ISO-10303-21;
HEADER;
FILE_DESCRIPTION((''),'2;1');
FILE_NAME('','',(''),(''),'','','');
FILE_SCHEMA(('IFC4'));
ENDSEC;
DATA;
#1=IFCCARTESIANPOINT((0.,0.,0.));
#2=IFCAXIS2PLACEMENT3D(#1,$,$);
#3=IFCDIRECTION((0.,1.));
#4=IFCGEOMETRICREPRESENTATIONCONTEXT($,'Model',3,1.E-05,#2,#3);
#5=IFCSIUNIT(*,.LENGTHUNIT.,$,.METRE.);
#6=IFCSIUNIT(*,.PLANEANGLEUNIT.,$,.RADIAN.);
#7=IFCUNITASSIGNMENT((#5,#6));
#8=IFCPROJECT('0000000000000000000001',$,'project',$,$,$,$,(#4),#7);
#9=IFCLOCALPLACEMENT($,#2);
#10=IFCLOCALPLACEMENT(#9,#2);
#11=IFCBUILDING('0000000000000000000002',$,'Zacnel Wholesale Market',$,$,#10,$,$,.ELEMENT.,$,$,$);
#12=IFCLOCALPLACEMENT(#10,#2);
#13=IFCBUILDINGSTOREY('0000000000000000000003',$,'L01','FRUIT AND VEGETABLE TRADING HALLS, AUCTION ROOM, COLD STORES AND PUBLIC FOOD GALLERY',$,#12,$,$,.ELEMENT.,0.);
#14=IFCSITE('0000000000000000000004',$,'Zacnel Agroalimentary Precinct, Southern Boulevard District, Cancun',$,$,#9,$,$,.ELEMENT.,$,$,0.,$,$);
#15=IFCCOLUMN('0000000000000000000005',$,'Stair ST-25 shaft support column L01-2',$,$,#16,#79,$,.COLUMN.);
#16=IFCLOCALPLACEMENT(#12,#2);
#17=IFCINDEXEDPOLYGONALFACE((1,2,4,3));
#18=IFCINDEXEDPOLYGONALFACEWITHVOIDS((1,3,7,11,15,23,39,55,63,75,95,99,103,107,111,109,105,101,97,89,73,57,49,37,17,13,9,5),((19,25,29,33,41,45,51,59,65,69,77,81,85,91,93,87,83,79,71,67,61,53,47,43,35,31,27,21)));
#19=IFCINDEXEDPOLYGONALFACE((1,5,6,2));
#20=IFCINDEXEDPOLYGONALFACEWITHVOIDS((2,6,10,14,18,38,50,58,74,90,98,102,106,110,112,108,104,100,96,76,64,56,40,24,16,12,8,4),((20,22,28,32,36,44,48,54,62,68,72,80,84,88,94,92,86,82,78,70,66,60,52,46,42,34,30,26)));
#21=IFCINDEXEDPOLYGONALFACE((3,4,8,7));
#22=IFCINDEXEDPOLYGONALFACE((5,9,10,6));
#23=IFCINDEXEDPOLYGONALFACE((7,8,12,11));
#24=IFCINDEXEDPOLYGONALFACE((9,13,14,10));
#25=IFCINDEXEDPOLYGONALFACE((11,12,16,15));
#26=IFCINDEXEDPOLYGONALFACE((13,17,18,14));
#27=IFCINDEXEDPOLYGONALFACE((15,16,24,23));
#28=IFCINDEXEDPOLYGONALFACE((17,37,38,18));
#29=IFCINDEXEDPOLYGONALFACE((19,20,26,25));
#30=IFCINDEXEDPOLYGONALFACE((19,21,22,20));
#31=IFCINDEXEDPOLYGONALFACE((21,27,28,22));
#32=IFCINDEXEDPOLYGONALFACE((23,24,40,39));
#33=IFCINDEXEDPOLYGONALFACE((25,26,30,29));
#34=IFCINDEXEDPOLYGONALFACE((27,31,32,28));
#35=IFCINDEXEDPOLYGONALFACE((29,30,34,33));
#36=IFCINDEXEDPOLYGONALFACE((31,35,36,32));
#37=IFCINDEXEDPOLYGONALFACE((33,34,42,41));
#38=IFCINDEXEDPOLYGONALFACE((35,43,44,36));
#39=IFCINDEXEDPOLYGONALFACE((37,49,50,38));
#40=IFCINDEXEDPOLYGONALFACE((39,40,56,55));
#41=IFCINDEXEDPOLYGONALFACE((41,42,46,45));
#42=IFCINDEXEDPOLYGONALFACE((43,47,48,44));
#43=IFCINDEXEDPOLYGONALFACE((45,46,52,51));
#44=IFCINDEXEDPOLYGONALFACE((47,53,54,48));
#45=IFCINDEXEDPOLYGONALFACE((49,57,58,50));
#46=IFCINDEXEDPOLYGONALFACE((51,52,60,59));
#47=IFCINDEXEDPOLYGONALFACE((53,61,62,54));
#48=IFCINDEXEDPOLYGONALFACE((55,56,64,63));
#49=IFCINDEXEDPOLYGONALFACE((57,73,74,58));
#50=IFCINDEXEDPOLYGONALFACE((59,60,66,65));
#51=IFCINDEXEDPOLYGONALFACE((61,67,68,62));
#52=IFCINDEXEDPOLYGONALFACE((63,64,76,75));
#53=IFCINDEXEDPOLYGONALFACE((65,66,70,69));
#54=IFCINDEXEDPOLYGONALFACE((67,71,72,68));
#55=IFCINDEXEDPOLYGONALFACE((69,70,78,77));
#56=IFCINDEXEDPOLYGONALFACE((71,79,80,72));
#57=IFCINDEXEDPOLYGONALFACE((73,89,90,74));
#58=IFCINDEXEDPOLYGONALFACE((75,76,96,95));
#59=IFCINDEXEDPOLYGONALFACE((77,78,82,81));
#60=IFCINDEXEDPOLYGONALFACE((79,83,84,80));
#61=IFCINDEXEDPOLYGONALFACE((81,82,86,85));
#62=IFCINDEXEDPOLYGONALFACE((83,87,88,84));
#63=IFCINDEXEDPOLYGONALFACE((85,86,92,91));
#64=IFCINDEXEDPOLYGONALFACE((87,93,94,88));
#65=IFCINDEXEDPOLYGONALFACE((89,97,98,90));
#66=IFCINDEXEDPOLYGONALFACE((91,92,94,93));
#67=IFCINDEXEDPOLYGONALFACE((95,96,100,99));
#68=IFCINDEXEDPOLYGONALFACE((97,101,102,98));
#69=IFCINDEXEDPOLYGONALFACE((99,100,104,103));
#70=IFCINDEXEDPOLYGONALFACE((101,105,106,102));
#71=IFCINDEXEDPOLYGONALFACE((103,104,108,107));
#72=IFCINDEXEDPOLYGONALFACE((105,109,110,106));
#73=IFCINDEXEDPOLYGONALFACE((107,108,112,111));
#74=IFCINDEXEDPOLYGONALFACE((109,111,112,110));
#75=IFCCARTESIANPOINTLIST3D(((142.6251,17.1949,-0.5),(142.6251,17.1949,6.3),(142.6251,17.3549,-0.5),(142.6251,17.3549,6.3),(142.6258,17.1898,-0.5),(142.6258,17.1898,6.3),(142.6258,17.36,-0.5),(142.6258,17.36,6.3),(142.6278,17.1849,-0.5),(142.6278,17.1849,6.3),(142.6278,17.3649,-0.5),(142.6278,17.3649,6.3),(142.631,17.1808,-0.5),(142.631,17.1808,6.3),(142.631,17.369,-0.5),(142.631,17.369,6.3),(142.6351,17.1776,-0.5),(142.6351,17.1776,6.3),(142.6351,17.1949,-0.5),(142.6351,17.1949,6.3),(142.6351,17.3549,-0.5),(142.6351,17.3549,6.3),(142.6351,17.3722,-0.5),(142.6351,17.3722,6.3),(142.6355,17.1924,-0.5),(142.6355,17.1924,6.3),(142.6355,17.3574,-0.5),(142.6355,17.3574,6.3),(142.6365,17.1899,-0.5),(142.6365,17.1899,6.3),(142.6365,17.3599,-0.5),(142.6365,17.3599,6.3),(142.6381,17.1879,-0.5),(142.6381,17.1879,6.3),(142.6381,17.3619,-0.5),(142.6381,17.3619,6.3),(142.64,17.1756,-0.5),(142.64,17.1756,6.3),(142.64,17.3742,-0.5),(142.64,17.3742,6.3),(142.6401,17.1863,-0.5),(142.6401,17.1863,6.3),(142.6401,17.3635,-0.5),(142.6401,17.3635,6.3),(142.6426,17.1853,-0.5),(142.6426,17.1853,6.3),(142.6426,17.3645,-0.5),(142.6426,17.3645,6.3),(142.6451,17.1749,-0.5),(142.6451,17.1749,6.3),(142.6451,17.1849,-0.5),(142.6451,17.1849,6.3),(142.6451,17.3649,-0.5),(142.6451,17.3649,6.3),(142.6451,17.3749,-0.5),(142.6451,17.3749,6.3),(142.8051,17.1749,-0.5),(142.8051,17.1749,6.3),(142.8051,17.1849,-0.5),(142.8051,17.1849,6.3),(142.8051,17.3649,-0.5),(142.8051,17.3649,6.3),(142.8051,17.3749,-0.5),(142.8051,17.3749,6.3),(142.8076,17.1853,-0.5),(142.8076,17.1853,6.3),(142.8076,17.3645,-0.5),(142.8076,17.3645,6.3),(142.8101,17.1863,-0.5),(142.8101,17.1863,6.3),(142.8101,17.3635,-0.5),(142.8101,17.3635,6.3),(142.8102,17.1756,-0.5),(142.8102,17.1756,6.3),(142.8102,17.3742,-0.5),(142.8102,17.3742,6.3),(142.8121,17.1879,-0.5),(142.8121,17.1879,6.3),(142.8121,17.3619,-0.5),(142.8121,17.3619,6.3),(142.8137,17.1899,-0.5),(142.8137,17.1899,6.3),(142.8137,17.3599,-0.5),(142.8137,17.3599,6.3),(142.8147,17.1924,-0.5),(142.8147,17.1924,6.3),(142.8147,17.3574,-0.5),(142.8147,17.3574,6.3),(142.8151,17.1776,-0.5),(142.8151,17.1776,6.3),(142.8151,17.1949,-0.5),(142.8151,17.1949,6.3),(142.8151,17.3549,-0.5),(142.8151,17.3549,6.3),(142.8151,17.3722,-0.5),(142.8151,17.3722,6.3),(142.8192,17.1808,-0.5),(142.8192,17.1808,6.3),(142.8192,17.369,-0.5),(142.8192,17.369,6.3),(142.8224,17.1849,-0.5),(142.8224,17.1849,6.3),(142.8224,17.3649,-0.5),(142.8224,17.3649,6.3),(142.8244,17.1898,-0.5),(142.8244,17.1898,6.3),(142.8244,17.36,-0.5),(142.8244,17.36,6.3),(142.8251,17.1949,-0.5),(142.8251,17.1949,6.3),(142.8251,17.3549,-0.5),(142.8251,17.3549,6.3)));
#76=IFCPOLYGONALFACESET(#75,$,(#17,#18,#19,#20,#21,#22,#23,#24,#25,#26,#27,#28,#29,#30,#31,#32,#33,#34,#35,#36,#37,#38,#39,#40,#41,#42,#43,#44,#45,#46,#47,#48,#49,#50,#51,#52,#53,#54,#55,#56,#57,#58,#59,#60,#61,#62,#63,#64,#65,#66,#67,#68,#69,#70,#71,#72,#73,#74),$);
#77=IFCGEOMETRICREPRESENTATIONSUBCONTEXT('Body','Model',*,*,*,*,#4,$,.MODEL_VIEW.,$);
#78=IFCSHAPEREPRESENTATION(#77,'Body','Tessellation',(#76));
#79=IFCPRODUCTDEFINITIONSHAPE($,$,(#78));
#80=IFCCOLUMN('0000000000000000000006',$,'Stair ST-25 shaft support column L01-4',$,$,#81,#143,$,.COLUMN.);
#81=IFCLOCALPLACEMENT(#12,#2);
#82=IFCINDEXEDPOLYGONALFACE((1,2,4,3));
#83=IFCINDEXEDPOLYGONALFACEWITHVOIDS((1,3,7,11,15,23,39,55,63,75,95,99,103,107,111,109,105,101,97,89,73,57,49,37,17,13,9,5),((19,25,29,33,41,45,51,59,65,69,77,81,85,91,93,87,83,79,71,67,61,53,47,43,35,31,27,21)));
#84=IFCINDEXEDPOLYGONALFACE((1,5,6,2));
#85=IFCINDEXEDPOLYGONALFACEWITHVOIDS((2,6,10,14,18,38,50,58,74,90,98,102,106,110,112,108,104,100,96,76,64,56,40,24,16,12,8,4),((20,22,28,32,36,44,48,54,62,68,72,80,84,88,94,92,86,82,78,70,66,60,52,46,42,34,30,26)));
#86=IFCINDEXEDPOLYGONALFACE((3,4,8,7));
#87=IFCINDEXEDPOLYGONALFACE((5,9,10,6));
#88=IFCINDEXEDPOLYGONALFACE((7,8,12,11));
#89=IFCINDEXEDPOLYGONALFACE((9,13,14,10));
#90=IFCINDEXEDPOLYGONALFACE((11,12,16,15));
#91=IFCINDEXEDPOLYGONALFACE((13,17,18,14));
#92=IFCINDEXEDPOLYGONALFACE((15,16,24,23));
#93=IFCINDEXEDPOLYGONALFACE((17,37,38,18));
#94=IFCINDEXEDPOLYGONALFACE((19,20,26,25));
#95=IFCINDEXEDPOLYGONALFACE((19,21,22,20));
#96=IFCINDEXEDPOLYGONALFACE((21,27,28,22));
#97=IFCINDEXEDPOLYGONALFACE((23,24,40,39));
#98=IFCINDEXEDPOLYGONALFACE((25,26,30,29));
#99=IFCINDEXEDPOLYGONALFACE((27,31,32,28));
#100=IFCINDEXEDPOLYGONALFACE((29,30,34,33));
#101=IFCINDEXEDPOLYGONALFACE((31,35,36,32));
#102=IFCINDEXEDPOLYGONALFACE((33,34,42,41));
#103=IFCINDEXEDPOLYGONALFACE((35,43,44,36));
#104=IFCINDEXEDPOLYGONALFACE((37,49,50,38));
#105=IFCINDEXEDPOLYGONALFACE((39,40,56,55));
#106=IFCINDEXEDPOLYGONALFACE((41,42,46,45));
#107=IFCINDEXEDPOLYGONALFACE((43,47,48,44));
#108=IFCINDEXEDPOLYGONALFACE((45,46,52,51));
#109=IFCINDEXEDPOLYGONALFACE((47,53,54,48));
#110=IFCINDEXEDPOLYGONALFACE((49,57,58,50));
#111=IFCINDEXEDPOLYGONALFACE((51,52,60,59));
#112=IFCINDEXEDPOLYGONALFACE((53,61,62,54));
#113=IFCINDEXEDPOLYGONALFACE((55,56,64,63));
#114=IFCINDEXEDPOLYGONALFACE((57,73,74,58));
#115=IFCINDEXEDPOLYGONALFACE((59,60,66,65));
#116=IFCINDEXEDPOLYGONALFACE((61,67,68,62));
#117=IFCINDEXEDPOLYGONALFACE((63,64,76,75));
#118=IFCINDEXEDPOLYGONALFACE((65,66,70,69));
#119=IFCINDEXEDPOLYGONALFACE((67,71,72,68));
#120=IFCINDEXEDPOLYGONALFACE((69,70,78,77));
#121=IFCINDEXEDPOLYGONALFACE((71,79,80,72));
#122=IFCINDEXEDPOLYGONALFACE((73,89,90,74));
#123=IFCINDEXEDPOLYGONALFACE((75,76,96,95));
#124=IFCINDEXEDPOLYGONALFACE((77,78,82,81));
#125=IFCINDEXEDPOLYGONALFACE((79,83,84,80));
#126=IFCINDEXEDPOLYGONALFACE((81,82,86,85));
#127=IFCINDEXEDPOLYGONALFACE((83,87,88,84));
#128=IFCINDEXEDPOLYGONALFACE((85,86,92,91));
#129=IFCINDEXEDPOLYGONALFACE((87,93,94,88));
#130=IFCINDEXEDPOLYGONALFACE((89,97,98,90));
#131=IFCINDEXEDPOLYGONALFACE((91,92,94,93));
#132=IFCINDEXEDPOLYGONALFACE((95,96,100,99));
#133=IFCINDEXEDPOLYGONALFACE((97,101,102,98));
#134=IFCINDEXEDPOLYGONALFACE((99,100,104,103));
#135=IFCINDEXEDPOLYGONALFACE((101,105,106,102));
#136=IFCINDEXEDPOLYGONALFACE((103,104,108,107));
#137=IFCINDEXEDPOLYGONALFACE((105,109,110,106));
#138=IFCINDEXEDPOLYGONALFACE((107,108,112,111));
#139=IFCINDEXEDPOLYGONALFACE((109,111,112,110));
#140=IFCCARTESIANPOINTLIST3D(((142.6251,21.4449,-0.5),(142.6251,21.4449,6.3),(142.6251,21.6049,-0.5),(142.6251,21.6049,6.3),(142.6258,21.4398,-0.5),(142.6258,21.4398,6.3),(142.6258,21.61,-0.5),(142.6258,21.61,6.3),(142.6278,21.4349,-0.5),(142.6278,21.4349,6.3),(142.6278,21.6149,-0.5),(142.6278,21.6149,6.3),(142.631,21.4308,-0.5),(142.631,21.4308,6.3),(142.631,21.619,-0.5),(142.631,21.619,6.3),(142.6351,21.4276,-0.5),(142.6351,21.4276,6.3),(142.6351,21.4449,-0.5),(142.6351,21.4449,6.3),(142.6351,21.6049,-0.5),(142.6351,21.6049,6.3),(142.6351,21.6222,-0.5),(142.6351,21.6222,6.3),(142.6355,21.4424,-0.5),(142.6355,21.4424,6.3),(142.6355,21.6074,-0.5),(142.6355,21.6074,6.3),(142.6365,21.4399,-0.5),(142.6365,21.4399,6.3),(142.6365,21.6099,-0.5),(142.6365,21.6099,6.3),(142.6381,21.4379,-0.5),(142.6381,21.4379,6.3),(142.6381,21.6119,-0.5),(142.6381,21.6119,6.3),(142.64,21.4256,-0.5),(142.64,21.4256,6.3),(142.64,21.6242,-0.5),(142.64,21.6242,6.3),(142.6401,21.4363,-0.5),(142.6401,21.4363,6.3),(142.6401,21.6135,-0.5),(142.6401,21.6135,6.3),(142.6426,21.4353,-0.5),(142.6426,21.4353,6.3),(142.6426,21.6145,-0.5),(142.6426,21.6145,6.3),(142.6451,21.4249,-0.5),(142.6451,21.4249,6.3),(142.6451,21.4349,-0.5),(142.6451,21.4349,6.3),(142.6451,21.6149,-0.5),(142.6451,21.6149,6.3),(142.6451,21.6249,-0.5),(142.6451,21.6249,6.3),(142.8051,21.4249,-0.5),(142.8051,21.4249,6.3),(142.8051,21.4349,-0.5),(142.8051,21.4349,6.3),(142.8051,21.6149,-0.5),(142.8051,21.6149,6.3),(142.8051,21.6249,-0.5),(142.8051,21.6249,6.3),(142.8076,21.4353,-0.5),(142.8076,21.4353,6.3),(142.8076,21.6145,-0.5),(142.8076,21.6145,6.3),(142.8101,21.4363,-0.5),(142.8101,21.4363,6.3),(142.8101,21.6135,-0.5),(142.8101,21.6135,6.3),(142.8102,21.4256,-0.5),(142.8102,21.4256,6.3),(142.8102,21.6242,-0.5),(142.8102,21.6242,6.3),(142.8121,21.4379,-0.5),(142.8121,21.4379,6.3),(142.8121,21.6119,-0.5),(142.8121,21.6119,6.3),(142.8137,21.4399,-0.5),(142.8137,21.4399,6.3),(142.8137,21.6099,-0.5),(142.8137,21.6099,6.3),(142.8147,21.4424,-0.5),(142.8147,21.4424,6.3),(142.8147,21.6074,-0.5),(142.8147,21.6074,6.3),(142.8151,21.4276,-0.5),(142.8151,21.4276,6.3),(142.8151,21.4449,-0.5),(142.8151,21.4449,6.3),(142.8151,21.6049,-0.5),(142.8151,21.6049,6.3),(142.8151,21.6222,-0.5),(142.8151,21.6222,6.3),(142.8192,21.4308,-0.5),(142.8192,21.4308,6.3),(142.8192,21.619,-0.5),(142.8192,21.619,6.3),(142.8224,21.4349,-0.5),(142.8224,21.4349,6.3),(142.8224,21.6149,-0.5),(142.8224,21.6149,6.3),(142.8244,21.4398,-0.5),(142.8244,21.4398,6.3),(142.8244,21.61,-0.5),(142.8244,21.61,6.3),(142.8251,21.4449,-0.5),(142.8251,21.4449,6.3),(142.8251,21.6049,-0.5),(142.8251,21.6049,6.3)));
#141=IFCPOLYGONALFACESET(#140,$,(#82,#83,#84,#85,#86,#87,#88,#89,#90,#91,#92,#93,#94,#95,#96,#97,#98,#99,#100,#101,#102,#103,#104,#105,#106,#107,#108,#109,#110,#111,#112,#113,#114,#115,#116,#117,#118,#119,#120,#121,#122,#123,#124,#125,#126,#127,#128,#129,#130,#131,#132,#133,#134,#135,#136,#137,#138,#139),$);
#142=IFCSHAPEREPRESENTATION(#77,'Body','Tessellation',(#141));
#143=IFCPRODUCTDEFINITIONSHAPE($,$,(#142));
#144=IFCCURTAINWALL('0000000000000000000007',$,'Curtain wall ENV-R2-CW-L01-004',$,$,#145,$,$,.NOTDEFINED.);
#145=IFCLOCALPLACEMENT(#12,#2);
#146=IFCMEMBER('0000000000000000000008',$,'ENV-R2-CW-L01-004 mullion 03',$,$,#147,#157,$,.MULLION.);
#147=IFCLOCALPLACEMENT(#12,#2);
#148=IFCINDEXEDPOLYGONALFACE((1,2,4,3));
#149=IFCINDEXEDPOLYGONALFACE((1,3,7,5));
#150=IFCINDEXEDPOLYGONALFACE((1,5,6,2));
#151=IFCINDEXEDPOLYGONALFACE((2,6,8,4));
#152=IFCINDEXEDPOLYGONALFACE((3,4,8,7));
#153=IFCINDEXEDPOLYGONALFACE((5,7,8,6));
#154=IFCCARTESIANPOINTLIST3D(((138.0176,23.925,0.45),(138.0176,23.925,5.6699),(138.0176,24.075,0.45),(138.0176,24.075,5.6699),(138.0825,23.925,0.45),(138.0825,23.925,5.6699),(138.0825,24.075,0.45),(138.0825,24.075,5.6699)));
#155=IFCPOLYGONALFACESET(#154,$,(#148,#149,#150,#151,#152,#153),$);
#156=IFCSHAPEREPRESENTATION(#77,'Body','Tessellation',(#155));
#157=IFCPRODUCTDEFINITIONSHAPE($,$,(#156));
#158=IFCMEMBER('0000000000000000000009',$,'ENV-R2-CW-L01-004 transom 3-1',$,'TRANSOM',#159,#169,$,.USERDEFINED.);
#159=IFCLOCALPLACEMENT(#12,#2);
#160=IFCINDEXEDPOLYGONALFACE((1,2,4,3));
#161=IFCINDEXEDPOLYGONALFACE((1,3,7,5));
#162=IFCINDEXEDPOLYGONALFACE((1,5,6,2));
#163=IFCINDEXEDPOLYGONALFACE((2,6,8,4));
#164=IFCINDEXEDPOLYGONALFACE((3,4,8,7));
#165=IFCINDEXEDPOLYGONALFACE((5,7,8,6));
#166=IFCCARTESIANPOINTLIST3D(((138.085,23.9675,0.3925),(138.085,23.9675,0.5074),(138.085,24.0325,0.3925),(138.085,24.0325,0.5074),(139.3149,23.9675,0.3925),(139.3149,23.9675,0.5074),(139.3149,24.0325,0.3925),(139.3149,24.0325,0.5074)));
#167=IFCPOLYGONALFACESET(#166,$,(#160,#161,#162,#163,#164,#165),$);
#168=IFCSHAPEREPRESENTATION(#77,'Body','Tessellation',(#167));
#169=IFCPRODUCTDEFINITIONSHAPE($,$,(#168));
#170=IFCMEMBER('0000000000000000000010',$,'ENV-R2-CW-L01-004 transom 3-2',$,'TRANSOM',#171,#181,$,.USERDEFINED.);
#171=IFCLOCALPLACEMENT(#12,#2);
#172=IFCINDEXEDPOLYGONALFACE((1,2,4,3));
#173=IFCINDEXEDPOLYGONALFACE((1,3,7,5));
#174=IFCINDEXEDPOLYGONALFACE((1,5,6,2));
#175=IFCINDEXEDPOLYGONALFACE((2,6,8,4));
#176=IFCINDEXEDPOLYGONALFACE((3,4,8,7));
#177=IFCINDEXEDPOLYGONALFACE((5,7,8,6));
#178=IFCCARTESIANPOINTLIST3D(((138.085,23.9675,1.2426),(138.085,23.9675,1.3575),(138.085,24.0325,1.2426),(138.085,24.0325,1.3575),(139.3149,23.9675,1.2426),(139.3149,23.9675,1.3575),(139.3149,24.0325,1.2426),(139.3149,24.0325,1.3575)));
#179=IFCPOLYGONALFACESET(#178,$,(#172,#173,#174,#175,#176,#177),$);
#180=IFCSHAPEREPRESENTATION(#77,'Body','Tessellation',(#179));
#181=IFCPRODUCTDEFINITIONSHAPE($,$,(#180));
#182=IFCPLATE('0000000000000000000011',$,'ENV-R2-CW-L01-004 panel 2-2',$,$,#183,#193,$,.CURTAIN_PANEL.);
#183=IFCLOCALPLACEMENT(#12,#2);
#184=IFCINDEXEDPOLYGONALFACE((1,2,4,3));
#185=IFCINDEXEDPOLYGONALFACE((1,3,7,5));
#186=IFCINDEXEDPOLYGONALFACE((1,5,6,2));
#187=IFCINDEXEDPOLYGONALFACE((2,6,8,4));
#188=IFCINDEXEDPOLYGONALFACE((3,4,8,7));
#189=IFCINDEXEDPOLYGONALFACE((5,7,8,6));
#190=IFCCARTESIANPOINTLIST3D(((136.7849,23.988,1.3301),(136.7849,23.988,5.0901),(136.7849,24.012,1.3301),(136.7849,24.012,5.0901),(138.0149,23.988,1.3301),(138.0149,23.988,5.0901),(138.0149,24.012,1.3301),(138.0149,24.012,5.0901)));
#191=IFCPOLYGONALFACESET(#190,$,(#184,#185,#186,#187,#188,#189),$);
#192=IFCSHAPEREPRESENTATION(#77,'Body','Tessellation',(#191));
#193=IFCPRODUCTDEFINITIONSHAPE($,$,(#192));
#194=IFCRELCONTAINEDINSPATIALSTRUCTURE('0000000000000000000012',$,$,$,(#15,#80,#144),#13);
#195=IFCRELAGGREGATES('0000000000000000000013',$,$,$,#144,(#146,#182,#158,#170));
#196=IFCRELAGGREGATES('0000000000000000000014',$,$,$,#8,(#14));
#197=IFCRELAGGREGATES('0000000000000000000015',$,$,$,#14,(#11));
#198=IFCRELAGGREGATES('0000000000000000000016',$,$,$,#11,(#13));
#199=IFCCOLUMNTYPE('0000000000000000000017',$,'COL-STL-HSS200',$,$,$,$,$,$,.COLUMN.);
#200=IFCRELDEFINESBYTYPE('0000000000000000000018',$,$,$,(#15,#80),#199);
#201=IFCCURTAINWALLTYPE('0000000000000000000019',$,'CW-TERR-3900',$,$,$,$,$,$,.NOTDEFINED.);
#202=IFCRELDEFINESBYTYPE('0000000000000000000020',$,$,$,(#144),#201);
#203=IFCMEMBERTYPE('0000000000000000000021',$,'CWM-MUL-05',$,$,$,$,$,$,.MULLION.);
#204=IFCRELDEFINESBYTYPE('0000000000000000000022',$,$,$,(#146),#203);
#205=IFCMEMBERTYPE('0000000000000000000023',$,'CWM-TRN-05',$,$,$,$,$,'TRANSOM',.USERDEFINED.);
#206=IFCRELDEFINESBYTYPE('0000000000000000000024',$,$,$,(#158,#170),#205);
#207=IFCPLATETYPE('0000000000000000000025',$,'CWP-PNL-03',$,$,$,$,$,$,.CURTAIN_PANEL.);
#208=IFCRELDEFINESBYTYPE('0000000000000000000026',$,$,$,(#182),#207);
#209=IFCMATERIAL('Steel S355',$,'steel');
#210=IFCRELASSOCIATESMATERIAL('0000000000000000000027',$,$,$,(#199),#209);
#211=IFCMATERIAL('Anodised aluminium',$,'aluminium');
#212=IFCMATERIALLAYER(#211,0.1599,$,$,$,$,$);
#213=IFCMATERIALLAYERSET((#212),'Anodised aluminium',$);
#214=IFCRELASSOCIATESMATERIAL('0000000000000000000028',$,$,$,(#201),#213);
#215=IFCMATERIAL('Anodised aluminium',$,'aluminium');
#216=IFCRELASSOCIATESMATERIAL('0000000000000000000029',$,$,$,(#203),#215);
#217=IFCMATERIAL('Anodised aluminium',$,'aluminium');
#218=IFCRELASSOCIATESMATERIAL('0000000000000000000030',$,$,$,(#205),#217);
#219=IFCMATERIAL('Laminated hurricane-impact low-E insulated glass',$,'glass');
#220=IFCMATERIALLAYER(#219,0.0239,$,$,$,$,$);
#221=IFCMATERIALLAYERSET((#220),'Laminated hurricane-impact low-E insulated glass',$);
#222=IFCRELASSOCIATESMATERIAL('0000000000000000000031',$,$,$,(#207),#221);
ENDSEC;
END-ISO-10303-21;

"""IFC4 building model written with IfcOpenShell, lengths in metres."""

from ifc_helpers import new_model, si_unit, direction, frame, origin, origin_2d, place, context, subcontext, project, spatial, rectangle, hollow_rectangle, extrude, material, layer, layer_set, material_profile, profile_set, type_object, element, aggregate, save


model = new_model("IFC4")

# Units and contexts
model_context = context("Model", 3, precision=1e-05, world=origin(), true_north=direction((0.0, 1.0)))
body_context = subcontext(model_context, "Body", "Model", "MODEL_VIEW")
ifc_project = project(units=[si_unit("LENGTHUNIT", "METRE"), si_unit("PLANEANGLEUNIT", "RADIAN")], contexts=[model_context])

# Site, building, storey
site_placement = place(None, origin())
site = spatial("IfcSite", under=ifc_project, at=site_placement, Name="Zacnel Agroalimentary Precinct, Southern Boulevard District, Cancun", CompositionType="ELEMENT", RefElevation=0.0)
building_placement = place(site_placement, origin())
building = spatial("IfcBuilding", under=site, at=building_placement, Name="Zacnel Wholesale Market", CompositionType="ELEMENT")
storey_placement = place(building_placement, origin())
storey = spatial("IfcBuildingStorey", under=building, at=storey_placement, Name="L01", Description="FRUIT AND VEGETABLE TRADING HALLS, AUCTION ROOM, COLD STORES AND PUBLIC FOOD GALLERY", CompositionType="ELEMENT", Elevation=0.0)

# Columns
ifc_material_1 = material(Name="Steel S355", Category="steel")
ifc_material_profile_1 = material_profile(ifc_material_1, hollow_rectangle(XDim=0.2, YDim=0.2, WallThickness=0.01, InnerFilletRadius=0.01, OuterFilletRadius=0.02, at=origin_2d()), Name="HSS 200x200x10")
ifc_profile_set_1 = profile_set([ifc_material_profile_1], Name="Steel S355")
column_type_1 = type_object("IfcColumnType", Name="COL-STL-HSS200", PredefinedType="COLUMN", material=ifc_profile_set_1)
for number, where, z_axis, x_axis, name in (
    (1, (142.7251, 17.2749, -0.5), (0.0, 0.0, 1.0), (1.0, 0.0, 0.0), "Stair ST-25 shaft support column L01-2"),
    (2, (142.7251, 21.5249, -0.5), (0.0, 0.0, 1.0), (1.0, 0.0, 0.0), "Stair ST-25 shaft support column L01-4"),
):
    element("IfcColumn", number, at=place(storey_placement, frame(where, z_axis=z_axis, x_axis=x_axis)), inside=storey, type_object=column_type_1, Name=name, PredefinedType="COLUMN", context=body_context, shape_type="SweptSolid", body=[
        extrude(hollow_rectangle(XDim=0.2, YDim=0.2, WallThickness=0.01, InnerFilletRadius=0.01, OuterFilletRadius=0.02, at=origin_2d()), origin(), (0.0, 0.0, 1.0), 6.8),
    ])

# Curtain wall, members, plate
ifc_material_2 = material(Name="Anodised aluminium", Category="aluminium")
ifc_layer_1 = layer(ifc_material_2, 0.1599)
ifc_layer_set_1 = layer_set([ifc_layer_1], Name="Anodised aluminium")
curtain_wall_type = type_object("IfcCurtainWallType", Name="CW-TERR-3900", PredefinedType="NOTDEFINED", material=ifc_layer_set_1)
curtain_wall_placement = place(storey_placement, origin())
curtain_wall = element("IfcCurtainWall", 3, at=curtain_wall_placement, inside=storey, type_object=curtain_wall_type, Name="Curtain wall ENV-R2-CW-L01-004", PredefinedType="NOTDEFINED")
ifc_material_3 = material(Name="Anodised aluminium", Category="aluminium")
ifc_material_profile_2 = material_profile(ifc_material_3, rectangle(XDim=0.0649, YDim=0.1499, at=origin_2d()), Name="AW-MULLION 65x150")
ifc_profile_set_2 = profile_set([ifc_material_profile_2], Name="Anodised aluminium")
member_type_1 = type_object("IfcMemberType", Name="CWM-MUL-05", PredefinedType="MULLION", material=ifc_profile_set_2)
member_1_placement = place(storey_placement, frame((138.05, 24.0, 0.45), z_axis=(0.0, 0.0, 1.0), x_axis=(1.0, 0.0, 0.0)))
member_1 = element("IfcMember", 4, at=member_1_placement, type_object=member_type_1, Name="ENV-R2-CW-L01-004 mullion 03", PredefinedType="MULLION", context=body_context, shape_type="SweptSolid", body=[
    extrude(rectangle(XDim=0.0649, YDim=0.1499, at=origin_2d()), origin(), (0.0, 0.0, 1.0), 5.22),
])
ifc_material_4 = material(Name="Anodised aluminium", Category="aluminium")
ifc_material_profile_3 = material_profile(ifc_material_4, rectangle(XDim=0.0649, YDim=0.115, at=origin_2d()), Name="AW-TRANSOM 65x115")
ifc_profile_set_3 = profile_set([ifc_material_profile_3], Name="Anodised aluminium")
member_type_2 = type_object("IfcMemberType", Name="CWM-TRN-05", ElementType="TRANSOM", PredefinedType="USERDEFINED", material=ifc_profile_set_3)
member_2_placement = place(storey_placement, frame((138.085, 24.0, 0.45), z_axis=(1.0, 0.0, 0.0), x_axis=(0.0, 1.0, 0.0)))
member_2 = element("IfcMember", 5, at=member_2_placement, type_object=member_type_2, Name="ENV-R2-CW-L01-004 transom 3-1", ObjectType="TRANSOM", PredefinedType="USERDEFINED", context=body_context, shape_type="SweptSolid", body=[
    extrude(rectangle(XDim=0.0649, YDim=0.115, at=origin_2d()), origin(), (0.0, 0.0, 1.0), 1.23),
])
member_3_placement = place(storey_placement, frame((138.085, 24.0, 1.3), z_axis=(1.0, 0.0, 0.0), x_axis=(0.0, 1.0, 0.0)))
member_3 = element("IfcMember", 6, at=member_3_placement, type_object=member_type_2, Name="ENV-R2-CW-L01-004 transom 3-2", ObjectType="TRANSOM", PredefinedType="USERDEFINED", context=body_context, shape_type="SweptSolid", body=[
    extrude(rectangle(XDim=0.0649, YDim=0.115, at=origin_2d()), origin(), (0.0, 0.0, 1.0), 1.23),
])
ifc_material_5 = material(Name="Laminated hurricane-impact low-E insulated glass", Category="glass")
ifc_layer_2 = layer(ifc_material_5, 0.0239)
ifc_layer_set_2 = layer_set([ifc_layer_2], Name="Laminated hurricane-impact low-E insulated glass")
plate_type_1 = type_object("IfcPlateType", Name="CWP-PNL-03", PredefinedType="CURTAIN_PANEL", material=ifc_layer_set_2)
plate_1_placement = place(storey_placement, frame((137.3999, 24.0, 1.3301), z_axis=(0.0, 0.0, 1.0), x_axis=(1.0, 0.0, 0.0)))
plate_1 = element("IfcPlate", 7, at=plate_1_placement, type_object=plate_type_1, Name="ENV-R2-CW-L01-004 panel 2-2", PredefinedType="CURTAIN_PANEL", context=body_context, shape_type="SweptSolid", body=[
    extrude(rectangle(XDim=1.23, YDim=0.0239, at=origin_2d()), origin(), (0.0, 0.0, 1.0), 3.76),
])
aggregate(curtain_wall, [member_1, plate_1, member_2, member_3])

save(model, "model.ifc")
